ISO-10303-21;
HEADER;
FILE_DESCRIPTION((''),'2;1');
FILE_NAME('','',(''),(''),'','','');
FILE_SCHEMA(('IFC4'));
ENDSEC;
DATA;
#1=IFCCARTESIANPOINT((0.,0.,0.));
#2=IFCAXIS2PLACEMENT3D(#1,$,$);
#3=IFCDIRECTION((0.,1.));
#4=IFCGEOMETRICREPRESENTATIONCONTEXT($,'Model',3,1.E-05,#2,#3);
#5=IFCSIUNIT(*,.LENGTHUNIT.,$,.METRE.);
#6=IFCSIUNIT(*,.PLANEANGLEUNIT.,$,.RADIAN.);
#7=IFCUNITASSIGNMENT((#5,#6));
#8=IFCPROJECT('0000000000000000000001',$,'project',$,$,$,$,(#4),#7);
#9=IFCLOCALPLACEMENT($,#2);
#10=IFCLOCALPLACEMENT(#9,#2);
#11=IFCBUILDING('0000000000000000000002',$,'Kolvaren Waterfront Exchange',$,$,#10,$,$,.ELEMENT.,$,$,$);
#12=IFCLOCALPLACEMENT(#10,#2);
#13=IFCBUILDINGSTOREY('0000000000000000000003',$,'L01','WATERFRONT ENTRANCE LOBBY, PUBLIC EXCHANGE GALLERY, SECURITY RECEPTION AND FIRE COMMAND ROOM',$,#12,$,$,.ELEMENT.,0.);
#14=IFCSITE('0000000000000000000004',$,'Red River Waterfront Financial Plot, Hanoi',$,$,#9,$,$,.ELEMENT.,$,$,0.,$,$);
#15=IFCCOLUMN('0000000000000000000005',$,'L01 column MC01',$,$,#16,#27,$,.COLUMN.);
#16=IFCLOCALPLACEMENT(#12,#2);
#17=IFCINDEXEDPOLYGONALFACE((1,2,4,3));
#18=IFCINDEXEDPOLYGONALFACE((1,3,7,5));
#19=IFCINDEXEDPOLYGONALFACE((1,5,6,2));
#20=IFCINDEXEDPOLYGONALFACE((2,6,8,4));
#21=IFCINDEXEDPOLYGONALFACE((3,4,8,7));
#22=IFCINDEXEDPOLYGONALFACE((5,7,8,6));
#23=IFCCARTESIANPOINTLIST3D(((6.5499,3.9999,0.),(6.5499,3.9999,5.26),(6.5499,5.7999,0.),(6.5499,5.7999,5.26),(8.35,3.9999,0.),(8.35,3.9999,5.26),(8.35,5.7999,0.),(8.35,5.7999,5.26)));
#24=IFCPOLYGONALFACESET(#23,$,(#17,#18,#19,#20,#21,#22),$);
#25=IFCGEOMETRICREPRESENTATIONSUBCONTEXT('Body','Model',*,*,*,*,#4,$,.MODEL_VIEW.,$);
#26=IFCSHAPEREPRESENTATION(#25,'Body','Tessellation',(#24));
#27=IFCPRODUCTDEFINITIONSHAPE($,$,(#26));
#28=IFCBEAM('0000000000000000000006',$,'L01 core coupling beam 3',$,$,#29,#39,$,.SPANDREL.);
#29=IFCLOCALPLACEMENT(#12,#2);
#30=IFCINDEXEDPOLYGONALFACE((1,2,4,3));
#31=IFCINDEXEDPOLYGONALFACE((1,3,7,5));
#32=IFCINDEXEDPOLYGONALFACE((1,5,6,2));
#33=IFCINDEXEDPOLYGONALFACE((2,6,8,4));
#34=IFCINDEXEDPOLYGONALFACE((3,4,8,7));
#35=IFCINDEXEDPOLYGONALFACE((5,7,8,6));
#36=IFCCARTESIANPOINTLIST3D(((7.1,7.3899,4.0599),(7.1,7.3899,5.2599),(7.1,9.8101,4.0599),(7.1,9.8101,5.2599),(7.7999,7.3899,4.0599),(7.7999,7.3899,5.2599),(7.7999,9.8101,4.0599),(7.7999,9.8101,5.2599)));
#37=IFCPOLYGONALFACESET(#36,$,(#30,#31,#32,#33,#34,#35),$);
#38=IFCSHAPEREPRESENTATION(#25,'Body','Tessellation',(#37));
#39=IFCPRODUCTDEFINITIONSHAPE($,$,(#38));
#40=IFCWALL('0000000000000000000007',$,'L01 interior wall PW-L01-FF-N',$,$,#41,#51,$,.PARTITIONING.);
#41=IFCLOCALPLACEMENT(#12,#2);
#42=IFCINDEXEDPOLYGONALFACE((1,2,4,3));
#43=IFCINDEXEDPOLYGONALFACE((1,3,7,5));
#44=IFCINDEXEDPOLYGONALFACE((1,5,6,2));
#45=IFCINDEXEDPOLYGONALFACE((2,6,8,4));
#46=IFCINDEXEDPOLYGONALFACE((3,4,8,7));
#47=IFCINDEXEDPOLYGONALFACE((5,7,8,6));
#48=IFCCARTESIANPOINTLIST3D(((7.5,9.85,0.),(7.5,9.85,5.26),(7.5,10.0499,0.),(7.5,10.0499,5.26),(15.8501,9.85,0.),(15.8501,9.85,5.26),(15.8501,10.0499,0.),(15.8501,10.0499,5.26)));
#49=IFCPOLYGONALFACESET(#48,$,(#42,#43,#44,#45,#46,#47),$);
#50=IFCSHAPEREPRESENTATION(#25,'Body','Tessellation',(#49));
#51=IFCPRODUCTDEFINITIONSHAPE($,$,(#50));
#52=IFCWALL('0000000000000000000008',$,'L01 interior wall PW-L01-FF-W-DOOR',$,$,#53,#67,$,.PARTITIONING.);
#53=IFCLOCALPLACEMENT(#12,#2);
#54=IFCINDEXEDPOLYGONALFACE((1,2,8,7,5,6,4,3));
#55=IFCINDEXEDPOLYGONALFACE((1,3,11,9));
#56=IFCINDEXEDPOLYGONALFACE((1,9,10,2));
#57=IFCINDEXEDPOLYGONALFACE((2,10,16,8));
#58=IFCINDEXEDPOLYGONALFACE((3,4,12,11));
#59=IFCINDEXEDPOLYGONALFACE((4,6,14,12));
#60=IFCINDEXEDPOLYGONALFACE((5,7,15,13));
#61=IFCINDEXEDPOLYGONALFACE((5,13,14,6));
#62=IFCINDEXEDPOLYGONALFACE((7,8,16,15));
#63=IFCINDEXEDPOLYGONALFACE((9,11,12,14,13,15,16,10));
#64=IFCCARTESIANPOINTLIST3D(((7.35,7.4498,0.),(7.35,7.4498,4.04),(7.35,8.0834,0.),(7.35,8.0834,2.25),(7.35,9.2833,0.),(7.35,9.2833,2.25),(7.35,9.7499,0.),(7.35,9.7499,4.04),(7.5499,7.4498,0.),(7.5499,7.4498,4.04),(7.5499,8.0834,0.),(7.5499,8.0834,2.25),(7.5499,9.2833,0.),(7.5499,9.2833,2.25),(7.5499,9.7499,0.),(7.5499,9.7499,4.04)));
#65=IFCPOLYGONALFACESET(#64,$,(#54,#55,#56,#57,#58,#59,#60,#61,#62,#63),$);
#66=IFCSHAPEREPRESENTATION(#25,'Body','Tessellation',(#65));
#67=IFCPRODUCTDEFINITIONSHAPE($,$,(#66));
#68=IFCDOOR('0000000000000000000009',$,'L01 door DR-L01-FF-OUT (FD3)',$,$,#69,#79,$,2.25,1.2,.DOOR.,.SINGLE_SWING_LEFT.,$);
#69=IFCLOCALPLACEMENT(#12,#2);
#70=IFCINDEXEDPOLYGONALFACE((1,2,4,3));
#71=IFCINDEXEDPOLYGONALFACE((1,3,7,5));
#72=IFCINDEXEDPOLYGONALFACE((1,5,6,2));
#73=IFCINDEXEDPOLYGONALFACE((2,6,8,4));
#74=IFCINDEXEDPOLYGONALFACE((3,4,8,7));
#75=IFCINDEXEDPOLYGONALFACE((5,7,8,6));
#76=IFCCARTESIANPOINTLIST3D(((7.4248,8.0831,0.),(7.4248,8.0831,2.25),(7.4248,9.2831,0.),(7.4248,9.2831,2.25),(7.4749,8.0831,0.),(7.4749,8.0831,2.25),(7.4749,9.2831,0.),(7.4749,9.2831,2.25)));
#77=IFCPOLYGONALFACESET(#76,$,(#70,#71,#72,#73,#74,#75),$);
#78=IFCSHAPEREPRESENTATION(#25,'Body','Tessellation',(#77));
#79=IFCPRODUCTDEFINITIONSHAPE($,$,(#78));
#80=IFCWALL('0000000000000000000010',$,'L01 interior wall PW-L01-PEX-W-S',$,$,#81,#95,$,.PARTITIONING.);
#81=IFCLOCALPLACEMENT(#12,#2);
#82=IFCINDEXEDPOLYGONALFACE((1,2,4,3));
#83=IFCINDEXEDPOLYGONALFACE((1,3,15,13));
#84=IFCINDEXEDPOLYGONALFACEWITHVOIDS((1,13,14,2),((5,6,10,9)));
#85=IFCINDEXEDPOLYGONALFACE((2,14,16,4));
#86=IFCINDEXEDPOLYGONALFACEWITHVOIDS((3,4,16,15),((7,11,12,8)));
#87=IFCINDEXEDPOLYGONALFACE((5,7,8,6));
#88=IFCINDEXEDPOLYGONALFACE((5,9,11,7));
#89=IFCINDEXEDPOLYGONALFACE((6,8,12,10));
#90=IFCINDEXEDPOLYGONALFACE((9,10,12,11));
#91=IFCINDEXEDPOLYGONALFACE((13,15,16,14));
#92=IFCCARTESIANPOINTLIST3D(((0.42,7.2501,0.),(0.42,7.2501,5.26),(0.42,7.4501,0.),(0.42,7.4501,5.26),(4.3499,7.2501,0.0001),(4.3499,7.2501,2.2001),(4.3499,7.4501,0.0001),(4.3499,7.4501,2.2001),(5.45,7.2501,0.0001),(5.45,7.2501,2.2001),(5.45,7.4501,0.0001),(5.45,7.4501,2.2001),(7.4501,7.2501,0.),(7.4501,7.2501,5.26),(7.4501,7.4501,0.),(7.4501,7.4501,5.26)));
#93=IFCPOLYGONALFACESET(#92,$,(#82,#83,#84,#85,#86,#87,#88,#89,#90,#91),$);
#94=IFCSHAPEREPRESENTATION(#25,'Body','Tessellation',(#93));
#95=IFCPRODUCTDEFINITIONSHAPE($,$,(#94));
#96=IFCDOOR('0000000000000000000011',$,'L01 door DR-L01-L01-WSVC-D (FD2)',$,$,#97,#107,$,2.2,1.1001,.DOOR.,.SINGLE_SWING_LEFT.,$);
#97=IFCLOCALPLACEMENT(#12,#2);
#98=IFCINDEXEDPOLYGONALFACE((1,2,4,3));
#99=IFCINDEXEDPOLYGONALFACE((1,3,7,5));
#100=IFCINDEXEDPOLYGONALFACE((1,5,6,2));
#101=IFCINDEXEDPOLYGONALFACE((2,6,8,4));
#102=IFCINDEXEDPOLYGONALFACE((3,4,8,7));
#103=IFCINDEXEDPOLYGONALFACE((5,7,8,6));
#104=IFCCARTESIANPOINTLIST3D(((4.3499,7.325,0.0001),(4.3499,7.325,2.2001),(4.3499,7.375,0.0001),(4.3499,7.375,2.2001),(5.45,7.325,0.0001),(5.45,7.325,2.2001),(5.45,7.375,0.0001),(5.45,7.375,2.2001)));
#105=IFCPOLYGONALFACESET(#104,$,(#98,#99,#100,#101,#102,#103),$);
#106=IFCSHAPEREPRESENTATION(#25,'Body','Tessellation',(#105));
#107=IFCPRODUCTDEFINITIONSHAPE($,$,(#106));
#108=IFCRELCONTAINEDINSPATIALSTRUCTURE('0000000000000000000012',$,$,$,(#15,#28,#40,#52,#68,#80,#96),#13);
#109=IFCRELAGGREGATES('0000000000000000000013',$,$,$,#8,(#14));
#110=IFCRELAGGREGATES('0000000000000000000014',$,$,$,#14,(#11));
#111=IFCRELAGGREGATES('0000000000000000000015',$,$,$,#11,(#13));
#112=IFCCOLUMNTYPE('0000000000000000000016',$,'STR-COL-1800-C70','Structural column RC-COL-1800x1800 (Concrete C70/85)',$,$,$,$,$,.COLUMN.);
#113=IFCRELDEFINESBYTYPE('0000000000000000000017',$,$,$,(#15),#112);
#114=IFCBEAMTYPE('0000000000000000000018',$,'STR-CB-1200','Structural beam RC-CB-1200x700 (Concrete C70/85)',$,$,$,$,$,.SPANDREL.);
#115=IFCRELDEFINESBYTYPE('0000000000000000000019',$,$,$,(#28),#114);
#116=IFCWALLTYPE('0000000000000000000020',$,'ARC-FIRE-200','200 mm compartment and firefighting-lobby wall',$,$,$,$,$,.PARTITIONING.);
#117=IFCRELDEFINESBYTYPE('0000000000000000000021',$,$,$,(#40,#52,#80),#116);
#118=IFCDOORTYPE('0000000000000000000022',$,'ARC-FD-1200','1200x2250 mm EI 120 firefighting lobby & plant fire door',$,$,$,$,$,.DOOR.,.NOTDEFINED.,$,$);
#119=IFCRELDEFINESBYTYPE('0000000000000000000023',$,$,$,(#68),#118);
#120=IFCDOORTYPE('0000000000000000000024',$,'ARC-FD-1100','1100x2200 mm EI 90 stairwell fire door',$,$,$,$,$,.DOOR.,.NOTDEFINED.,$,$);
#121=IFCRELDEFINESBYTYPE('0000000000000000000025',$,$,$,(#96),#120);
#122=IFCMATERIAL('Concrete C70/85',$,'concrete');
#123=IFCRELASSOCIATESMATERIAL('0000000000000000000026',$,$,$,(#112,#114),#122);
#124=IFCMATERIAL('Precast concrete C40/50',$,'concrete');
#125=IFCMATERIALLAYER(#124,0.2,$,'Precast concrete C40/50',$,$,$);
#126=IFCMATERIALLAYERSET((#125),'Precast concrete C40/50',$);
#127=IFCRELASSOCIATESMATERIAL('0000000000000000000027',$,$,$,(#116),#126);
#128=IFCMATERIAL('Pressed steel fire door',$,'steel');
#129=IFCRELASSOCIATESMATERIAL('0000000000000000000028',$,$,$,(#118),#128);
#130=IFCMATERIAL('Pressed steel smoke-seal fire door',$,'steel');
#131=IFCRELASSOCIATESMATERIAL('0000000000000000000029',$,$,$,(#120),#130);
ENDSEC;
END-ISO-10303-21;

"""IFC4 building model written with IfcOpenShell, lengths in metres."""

from ifc_helpers import new_model, si_unit, direction, frame, frame_2d, origin, origin_2d, place, context, subcontext, project, spatial, rectangle, extrude, material, layer, layer_set, material_profile, profile_set, type_object, element, fill, save


model = new_model("IFC4")

# Units and contexts
model_context = context("Model", 3, precision=1e-05, world=origin(), true_north=direction((0.0, 1.0)))
body_context = subcontext(model_context, "Body", "Model", "MODEL_VIEW")
ifc_project = project(units=[si_unit("LENGTHUNIT", "METRE"), si_unit("PLANEANGLEUNIT", "RADIAN")], contexts=[model_context])

# Site, building, storey
site_placement = place(None, origin())
site = spatial("IfcSite", under=ifc_project, at=site_placement, Name="Red River Waterfront Financial Plot, Hanoi", CompositionType="ELEMENT", RefElevation=0.0)
building_placement = place(site_placement, origin())
building = spatial("IfcBuilding", under=site, at=building_placement, Name="Kolvaren Waterfront Exchange", CompositionType="ELEMENT")
storey_placement = place(building_placement, origin())
storey = spatial("IfcBuildingStorey", under=building, at=storey_placement, Name="L01", Description="WATERFRONT ENTRANCE LOBBY, PUBLIC EXCHANGE GALLERY, SECURITY RECEPTION AND FIRE COMMAND ROOM", CompositionType="ELEMENT", Elevation=0.0)

# Column
ifc_material_1 = material(Name="Concrete C70/85", Category="concrete")
ifc_material_profile_1 = material_profile(ifc_material_1, rectangle(XDim=1.8, YDim=1.8, at=origin_2d()), Name="RC-COL-1800x1800")
ifc_profile_set_1 = profile_set([ifc_material_profile_1], Name="Concrete C70/85")
column_type = type_object("IfcColumnType", Name="STR-COL-1800-C70", Description="Structural column RC-COL-1800x1800 (Concrete C70/85)", PredefinedType="COLUMN", material=ifc_profile_set_1)
column_placement = place(storey_placement, frame((7.45, 4.8999, 0.0), z_axis=(0.0, 0.0, 1.0), x_axis=(1.0, 0.0, 0.0)))
element("IfcColumn", 1, at=column_placement, inside=storey, type_object=column_type, Name="L01 column MC01", PredefinedType="COLUMN", context=body_context, shape_type="SweptSolid", body=[
    extrude(rectangle(XDim=1.8, YDim=1.8, at=origin_2d()), origin(), (0.0, 0.0, 1.0), 5.26),
])

# Beam
ifc_material_profile_2 = material_profile(ifc_material_1, rectangle(XDim=0.7, YDim=1.2, at=origin_2d()), Name="RC-CB-1200x700")
ifc_profile_set_2 = profile_set([ifc_material_profile_2], Name="Concrete C70/85")
beam_type = type_object("IfcBeamType", Name="STR-CB-1200", Description="Structural beam RC-CB-1200x700 (Concrete C70/85)", PredefinedType="SPANDREL", material=ifc_profile_set_2)
beam_placement = place(storey_placement, frame((7.45, 7.3899, 4.6599), z_axis=(0.0, 1.0, 0.0), x_axis=(-1.0, 0.0, 0.0)))
element("IfcBeam", 2, at=beam_placement, inside=storey, type_object=beam_type, Name="L01 core coupling beam 3", PredefinedType="SPANDREL", context=body_context, shape_type="SweptSolid", body=[
    extrude(rectangle(XDim=0.7, YDim=1.2, at=origin_2d()), origin(), (0.0, 0.0, 1.0), 2.4202),
])

# Wall
ifc_material_2 = material(Name="Precast concrete C40/50", Category="concrete")
ifc_layer_1 = layer(ifc_material_2, 0.2, Name="Precast concrete C40/50")
ifc_layer_set_1 = layer_set([ifc_layer_1], Name="Precast concrete C40/50")
wall_type_1 = type_object("IfcWallType", Name="ARC-FIRE-200", Description="200 mm compartment and firefighting-lobby wall", PredefinedType="PARTITIONING", material=ifc_layer_set_1)
wall_1_placement = place(storey_placement, frame((7.5, 9.95, 0.0), z_axis=(0.0, 0.0, 1.0), x_axis=(1.0, 0.0, 0.0)))
element("IfcWall", 3, at=wall_1_placement, inside=storey, type_object=wall_type_1, Name="L01 interior wall PW-L01-FF-N", PredefinedType="PARTITIONING", context=body_context, shape_type="SweptSolid", body=[
    extrude(rectangle(XDim=8.3501, YDim=0.2, at=frame_2d((4.175, 0.0))), origin(), (0.0, 0.0, 1.0), 5.26),
])

# Walls, openings, doors
wall_2_placement = place(storey_placement, frame((7.45, 7.45, 0.0), z_axis=(0.0, 0.0, 1.0), x_axis=(0.0, 1.0, 0.0)))
wall_2 = element("IfcWall", 4, at=wall_2_placement, inside=storey, type_object=wall_type_1, Name="L01 interior wall PW-L01-FF-W-DOOR", PredefinedType="PARTITIONING", context=body_context, shape_type="SweptSolid", body=[
    extrude(rectangle(XDim=2.3, YDim=0.2, at=frame_2d((1.1499, 0.0))), origin(), (0.0, 0.0, 1.0), 4.04),
])
opening_1_placement = place(wall_2_placement, frame((0.6333, 0.0, 0.0)))
opening_1 = element("IfcOpeningElement", 5, at=opening_1_placement, cuts=wall_2, PredefinedType="OPENING", context=body_context, shape_type="SweptSolid", body=[
    extrude(rectangle(XDim=1.2, YDim=2.25, at=frame_2d((0.6001, 1.125))), frame((0.0, 0.1099, 0.0), z_axis=(0.0, -1.0, 0.0), x_axis=(1.0, 0.0, 0.0)), (0.0, 0.0, 1.0), 0.22),
])
ifc_material_3 = material(Name="Pressed steel fire door", Category="steel")
door_type_1 = type_object("IfcDoorType", Name="ARC-FD-1200", Description="1200x2250 mm EI 120 firefighting lobby & plant fire door", OperationType="NOTDEFINED", PredefinedType="DOOR", material=ifc_material_3)
door_1_placement = place(opening_1_placement, frame((1.2, 0.0, 0.0), z_axis=(0.0, 0.0, 1.0), x_axis=(-1.0, 0.0, 0.0)))
door_1 = element("IfcDoor", 6, at=door_1_placement, inside=storey, type_object=door_type_1, Name="L01 door DR-L01-FF-OUT (FD3)", OperationType="SINGLE_SWING_LEFT", OverallHeight=2.25, OverallWidth=1.2, PredefinedType="DOOR", context=body_context, shape_type="SweptSolid", body=[
    extrude(rectangle(XDim=1.2, YDim=2.25, at=frame_2d((0.6001, 1.125))), frame((0.0, 0.0249, 0.0), z_axis=(0.0, -1.0, 0.0), x_axis=(1.0, 0.0, 0.0)), (0.0, 0.0, 1.0), 0.05),
])
fill(opening_1, door_1)
wall_3_placement = place(storey_placement, frame((0.4199, 7.3501, 0.0), z_axis=(0.0, 0.0, 1.0), x_axis=(1.0, 0.0, 0.0)))
wall_3 = element("IfcWall", 7, at=wall_3_placement, inside=storey, type_object=wall_type_1, Name="L01 interior wall PW-L01-PEX-W-S", PredefinedType="PARTITIONING", context=body_context, shape_type="SweptSolid", body=[
    extrude(rectangle(XDim=7.03, YDim=0.2, at=frame_2d((3.5151, 0.0))), origin(), (0.0, 0.0, 1.0), 5.26),
])
opening_2_placement = place(wall_3_placement, frame((3.9299, 0.0, 0.0)))
opening_2 = element("IfcOpeningElement", 8, at=opening_2_placement, cuts=wall_3, PredefinedType="OPENING", context=body_context, shape_type="SweptSolid", body=[
    extrude(rectangle(XDim=1.1001, YDim=2.2, at=frame_2d((0.55, 1.1001))), frame((0.0, 0.1099, 0.0), z_axis=(0.0, -1.0, 0.0), x_axis=(1.0, 0.0, 0.0)), (0.0, 0.0, 1.0), 0.22),
])
ifc_material_4 = material(Name="Pressed steel smoke-seal fire door", Category="steel")
door_type_2 = type_object("IfcDoorType", Name="ARC-FD-1100", Description="1100x2200 mm EI 90 stairwell fire door", OperationType="NOTDEFINED", PredefinedType="DOOR", material=ifc_material_4)
door_2_placement = place(opening_2_placement, origin())
door_2 = element("IfcDoor", 9, at=door_2_placement, inside=storey, type_object=door_type_2, Name="L01 door DR-L01-L01-WSVC-D (FD2)", OperationType="SINGLE_SWING_LEFT", OverallHeight=2.2, OverallWidth=1.1001, PredefinedType="DOOR", context=body_context, shape_type="SweptSolid", body=[
    extrude(rectangle(XDim=1.1001, YDim=2.2, at=frame_2d((0.55, 1.1001))), frame((0.0, 0.0249, 0.0), z_axis=(0.0, -1.0, 0.0), x_axis=(1.0, 0.0, 0.0)), (0.0, 0.0, 1.0), 0.05),
])
fill(opening_2, door_2)

save(model, "model.ifc")
